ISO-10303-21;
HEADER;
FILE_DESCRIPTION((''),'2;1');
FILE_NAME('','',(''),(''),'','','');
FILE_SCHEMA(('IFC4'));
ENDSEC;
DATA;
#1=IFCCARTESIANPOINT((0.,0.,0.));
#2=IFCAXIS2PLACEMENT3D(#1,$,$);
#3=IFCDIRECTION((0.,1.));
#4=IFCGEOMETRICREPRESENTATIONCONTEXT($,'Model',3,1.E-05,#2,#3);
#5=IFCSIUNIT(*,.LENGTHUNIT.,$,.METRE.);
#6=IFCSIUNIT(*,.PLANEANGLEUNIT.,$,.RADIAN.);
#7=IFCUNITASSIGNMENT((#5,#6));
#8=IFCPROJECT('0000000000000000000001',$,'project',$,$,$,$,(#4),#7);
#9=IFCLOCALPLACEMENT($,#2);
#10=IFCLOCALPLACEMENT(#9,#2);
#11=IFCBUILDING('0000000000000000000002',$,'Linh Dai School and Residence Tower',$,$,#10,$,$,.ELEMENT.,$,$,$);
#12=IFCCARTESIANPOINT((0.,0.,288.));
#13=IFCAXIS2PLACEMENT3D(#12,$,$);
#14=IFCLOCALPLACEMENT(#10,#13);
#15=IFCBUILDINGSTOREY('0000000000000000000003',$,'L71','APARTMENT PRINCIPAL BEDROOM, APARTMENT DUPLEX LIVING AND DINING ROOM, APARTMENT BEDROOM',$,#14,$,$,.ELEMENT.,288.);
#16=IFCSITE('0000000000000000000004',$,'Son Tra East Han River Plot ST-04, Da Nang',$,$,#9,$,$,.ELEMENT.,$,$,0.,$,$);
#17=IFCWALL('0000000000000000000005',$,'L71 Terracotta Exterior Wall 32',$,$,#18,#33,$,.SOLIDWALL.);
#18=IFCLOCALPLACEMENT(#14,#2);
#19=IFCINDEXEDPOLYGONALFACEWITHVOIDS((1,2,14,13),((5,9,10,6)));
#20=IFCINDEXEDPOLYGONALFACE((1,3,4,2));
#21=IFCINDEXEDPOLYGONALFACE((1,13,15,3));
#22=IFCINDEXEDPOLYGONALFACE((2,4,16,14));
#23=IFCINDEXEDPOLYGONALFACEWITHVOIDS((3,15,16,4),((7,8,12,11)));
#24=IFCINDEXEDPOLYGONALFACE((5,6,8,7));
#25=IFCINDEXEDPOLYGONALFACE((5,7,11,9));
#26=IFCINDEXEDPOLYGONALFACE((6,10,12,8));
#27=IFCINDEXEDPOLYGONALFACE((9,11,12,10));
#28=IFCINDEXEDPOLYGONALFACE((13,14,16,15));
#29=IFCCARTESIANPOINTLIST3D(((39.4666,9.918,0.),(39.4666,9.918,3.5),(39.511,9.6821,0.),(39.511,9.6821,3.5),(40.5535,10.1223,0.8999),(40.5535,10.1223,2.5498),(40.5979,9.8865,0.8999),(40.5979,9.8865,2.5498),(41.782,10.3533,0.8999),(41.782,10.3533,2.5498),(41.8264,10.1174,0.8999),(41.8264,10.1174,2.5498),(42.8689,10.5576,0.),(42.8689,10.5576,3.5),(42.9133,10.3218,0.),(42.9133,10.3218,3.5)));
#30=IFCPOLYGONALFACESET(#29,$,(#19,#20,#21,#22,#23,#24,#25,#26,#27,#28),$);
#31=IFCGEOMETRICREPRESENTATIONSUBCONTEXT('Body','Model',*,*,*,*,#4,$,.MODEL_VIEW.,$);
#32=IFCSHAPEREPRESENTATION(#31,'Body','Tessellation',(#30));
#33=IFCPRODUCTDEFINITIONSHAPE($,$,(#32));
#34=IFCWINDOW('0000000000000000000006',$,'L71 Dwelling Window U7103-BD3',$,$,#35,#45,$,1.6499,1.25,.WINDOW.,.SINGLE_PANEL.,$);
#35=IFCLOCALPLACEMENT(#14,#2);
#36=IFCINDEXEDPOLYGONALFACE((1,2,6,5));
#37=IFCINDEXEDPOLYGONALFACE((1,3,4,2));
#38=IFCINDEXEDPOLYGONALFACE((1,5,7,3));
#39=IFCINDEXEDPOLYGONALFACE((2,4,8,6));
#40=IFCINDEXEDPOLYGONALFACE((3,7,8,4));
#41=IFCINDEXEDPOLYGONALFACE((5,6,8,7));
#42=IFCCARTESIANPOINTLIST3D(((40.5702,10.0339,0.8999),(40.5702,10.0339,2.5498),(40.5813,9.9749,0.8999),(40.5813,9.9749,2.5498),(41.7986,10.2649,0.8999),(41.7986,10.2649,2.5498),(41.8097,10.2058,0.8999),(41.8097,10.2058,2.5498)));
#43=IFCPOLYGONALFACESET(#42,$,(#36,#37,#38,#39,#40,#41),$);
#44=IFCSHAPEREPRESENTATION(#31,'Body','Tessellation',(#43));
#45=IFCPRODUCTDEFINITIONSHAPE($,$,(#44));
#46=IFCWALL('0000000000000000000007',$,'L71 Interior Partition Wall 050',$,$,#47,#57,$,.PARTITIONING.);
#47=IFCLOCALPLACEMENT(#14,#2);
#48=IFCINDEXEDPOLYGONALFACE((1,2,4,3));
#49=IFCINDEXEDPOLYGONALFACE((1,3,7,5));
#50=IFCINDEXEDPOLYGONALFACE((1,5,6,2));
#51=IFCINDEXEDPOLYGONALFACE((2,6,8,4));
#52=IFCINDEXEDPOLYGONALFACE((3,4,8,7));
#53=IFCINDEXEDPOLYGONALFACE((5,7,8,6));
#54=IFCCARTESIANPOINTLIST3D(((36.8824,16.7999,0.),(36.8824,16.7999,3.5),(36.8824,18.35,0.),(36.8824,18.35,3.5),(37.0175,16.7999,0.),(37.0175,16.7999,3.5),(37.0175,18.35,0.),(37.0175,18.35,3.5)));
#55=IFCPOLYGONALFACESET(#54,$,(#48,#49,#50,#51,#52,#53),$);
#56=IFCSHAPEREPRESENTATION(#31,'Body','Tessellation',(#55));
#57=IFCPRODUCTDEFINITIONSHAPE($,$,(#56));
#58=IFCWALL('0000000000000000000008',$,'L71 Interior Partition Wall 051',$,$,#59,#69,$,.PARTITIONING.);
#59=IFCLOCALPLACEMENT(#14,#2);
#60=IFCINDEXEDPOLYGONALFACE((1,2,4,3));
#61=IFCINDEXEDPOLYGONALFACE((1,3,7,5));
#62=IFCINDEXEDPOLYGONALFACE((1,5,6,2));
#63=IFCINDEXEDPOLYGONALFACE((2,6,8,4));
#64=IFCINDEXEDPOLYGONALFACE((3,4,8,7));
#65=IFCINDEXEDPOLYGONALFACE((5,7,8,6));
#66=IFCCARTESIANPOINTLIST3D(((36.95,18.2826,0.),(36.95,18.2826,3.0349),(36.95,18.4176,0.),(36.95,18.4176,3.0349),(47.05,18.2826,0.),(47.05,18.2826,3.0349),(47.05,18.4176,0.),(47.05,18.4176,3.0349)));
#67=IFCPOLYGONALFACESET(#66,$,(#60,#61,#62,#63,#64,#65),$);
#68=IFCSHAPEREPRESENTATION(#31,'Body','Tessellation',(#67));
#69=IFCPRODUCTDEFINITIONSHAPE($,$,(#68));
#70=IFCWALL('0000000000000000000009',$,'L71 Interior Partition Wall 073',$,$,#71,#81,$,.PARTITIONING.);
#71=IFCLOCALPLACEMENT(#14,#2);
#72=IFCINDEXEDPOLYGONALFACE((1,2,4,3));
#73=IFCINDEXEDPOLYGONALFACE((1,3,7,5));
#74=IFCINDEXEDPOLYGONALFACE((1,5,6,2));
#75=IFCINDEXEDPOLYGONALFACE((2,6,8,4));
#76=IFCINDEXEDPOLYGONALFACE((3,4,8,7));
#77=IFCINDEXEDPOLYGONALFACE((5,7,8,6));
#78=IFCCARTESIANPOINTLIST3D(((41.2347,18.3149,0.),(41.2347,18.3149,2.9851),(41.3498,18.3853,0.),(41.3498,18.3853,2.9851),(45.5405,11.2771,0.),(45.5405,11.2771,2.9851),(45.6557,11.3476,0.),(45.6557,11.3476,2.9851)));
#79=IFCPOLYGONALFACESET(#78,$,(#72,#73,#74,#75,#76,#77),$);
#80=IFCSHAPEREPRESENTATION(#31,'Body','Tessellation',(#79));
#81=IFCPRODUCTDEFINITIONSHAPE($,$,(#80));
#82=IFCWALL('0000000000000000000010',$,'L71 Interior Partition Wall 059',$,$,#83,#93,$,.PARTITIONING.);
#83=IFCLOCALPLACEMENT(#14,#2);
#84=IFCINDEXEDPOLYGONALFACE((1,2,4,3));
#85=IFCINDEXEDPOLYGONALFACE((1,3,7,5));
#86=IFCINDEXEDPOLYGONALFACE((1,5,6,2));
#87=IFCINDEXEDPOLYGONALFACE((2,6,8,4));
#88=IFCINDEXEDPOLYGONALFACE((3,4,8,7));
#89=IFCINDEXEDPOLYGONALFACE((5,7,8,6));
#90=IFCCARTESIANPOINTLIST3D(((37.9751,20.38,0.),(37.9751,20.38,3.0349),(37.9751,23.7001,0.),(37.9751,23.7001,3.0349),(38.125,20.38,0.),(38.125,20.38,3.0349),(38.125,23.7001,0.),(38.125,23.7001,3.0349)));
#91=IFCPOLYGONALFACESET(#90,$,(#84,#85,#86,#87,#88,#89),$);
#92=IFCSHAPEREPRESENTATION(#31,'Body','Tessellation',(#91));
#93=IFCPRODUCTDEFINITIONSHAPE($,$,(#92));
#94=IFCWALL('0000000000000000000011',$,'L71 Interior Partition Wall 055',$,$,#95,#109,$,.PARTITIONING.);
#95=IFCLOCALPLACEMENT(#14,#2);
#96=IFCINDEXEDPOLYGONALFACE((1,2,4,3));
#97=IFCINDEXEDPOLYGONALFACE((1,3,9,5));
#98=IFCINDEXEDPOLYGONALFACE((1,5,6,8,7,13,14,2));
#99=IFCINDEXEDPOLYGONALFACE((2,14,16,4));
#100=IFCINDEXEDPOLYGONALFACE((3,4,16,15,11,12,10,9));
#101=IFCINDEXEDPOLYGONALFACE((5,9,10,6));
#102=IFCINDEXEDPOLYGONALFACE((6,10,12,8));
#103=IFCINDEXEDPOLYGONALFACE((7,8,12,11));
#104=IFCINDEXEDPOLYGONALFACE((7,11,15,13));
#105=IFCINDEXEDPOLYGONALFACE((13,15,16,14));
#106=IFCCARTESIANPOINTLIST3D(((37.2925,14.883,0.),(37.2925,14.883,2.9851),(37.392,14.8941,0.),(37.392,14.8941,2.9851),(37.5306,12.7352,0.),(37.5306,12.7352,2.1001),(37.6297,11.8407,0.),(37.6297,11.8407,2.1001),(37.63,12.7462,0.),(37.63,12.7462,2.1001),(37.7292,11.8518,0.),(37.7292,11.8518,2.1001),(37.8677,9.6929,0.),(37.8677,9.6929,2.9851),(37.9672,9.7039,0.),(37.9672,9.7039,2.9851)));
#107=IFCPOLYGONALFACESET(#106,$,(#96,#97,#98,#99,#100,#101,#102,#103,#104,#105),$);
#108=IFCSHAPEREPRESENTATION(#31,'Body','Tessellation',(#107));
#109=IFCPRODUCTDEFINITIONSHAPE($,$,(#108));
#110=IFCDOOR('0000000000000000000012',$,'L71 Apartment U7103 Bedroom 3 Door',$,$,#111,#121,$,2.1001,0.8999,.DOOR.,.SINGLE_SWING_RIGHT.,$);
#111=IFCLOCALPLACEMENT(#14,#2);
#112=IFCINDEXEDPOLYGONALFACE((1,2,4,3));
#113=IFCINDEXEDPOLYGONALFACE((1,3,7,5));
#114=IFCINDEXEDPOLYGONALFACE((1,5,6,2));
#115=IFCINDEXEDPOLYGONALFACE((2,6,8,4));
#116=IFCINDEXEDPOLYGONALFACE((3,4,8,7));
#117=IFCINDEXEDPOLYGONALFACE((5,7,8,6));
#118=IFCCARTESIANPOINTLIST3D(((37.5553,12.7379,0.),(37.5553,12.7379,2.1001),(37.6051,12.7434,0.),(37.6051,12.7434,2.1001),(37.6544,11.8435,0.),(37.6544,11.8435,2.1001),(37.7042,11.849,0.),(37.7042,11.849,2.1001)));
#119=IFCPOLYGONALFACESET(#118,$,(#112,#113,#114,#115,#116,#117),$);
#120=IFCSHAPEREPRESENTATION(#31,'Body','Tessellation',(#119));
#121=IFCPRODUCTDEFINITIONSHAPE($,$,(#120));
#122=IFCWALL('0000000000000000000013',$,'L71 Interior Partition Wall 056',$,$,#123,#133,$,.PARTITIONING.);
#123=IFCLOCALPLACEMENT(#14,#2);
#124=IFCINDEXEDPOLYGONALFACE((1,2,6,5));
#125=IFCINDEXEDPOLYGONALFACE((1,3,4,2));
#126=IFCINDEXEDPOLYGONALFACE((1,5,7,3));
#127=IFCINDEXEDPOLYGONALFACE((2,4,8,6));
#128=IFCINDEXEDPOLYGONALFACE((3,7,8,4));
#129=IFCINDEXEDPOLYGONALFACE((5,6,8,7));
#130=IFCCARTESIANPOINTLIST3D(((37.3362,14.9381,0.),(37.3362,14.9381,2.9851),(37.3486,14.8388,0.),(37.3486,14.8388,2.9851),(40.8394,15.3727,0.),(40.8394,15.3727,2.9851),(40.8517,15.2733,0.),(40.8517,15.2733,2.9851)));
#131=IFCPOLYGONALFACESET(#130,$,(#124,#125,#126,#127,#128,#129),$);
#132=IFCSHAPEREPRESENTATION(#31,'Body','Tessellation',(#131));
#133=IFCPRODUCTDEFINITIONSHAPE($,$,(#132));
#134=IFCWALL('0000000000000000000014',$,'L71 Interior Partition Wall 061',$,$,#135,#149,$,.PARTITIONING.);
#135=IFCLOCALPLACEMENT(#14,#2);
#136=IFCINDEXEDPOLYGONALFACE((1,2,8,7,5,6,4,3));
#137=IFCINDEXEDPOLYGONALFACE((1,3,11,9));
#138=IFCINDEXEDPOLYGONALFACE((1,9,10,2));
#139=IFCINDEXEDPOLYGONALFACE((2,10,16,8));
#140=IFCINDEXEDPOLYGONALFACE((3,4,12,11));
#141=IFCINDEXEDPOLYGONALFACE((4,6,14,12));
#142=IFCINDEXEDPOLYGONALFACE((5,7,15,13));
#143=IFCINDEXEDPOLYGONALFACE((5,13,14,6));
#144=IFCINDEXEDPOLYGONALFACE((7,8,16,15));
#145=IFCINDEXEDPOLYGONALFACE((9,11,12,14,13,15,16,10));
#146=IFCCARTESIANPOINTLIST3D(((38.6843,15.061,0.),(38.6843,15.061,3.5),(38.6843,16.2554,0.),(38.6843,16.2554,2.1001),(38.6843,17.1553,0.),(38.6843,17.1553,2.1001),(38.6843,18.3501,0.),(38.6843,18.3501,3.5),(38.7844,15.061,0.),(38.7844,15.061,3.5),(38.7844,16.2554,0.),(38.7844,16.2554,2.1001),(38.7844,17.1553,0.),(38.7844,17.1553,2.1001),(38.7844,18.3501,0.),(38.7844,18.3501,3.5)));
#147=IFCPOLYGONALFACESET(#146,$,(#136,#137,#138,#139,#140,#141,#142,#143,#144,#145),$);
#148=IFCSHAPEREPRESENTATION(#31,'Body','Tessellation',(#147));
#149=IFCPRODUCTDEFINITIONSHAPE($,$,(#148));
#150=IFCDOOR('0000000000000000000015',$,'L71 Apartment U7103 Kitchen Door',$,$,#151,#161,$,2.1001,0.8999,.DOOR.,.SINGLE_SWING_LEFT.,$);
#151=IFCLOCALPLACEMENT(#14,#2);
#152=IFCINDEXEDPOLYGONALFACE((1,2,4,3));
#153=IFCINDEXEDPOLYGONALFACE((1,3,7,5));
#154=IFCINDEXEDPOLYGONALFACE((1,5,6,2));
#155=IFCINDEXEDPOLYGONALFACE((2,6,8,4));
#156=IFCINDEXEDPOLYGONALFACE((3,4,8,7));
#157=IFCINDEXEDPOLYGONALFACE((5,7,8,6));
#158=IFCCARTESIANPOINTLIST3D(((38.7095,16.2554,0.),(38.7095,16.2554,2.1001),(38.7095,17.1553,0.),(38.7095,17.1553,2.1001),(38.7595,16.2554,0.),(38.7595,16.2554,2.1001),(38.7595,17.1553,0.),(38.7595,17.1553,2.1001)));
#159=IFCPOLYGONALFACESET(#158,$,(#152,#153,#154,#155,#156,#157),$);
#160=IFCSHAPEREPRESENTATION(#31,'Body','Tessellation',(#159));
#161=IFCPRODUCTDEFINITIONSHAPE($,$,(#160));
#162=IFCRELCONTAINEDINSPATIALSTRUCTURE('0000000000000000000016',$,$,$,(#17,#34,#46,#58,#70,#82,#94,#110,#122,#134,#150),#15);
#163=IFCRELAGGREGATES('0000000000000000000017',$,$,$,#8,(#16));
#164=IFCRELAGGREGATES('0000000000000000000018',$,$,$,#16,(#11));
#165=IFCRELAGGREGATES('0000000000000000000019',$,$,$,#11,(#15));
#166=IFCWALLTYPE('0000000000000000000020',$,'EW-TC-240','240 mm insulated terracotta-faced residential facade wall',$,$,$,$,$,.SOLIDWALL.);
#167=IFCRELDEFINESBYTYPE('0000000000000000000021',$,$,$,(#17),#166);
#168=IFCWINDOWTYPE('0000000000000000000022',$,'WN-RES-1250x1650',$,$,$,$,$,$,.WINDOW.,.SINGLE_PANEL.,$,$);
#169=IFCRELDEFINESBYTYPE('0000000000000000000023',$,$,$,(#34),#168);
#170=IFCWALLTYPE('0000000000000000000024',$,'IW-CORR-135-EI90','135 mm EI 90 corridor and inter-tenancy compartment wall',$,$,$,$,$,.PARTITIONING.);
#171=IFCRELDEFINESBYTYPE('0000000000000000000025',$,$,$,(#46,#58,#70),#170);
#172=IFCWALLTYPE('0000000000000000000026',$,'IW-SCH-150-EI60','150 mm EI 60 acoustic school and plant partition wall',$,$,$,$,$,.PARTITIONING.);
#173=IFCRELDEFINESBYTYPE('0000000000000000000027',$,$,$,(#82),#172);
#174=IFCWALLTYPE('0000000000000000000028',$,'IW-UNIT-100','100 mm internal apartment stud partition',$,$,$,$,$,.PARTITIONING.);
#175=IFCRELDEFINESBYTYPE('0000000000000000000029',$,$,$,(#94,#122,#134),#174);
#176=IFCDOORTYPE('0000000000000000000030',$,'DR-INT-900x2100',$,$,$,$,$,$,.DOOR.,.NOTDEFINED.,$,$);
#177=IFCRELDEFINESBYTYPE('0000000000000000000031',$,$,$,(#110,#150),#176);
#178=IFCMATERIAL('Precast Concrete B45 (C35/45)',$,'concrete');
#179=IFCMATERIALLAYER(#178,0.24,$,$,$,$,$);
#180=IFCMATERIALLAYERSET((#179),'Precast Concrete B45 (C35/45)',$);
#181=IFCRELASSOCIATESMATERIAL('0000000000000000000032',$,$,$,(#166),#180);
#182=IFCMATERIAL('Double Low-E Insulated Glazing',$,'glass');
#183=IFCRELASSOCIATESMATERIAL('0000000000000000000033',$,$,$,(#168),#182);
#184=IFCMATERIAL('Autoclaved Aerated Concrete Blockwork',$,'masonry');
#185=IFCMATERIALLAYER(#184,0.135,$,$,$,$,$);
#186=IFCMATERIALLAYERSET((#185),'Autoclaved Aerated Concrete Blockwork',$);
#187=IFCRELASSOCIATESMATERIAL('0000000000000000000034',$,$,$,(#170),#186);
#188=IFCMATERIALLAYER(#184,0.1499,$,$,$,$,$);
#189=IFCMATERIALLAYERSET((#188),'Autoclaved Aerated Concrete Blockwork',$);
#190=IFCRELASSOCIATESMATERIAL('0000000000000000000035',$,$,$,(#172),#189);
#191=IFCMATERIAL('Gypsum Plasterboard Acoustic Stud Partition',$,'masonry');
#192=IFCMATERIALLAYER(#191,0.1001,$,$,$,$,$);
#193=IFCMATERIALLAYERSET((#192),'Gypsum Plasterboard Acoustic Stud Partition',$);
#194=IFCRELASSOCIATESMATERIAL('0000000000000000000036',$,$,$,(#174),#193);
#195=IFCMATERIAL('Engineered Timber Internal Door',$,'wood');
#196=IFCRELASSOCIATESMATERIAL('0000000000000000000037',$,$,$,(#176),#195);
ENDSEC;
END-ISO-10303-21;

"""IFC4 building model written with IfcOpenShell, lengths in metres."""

from ifc_helpers import new_model, si_unit, direction, frame, frame_2d, origin, origin_2d, place, context, subcontext, project, spatial, rectangle, extrude, source, transform, mapped, material, layer, layer_set, type_object, element, fill, save


model = new_model("IFC4")

# Units and contexts
model_context = context("Model", 3, precision=1e-05, world=origin(), true_north=direction((0.0, 1.0)))
body_context = subcontext(model_context, "Body", "Model", "MODEL_VIEW")
ifc_project = project(units=[si_unit("LENGTHUNIT", "METRE"), si_unit("PLANEANGLEUNIT", "RADIAN")], contexts=[model_context])

# Site, building, storey
site_placement = place(None, origin())
site = spatial("IfcSite", under=ifc_project, at=site_placement, Name="Son Tra East Han River Plot ST-04, Da Nang", CompositionType="ELEMENT", RefElevation=0.0)
building_placement = place(site_placement, origin())
building = spatial("IfcBuilding", under=site, at=building_placement, Name="Linh Dai School and Residence Tower", CompositionType="ELEMENT")
storey_placement = place(building_placement, frame((0.0, 0.0, 288.0)))
storey = spatial("IfcBuildingStorey", under=building, at=storey_placement, Name="L71", Description="APARTMENT PRINCIPAL BEDROOM, APARTMENT DUPLEX LIVING AND DINING ROOM, APARTMENT BEDROOM", CompositionType="ELEMENT", Elevation=288.0)

# Shared definitions
ifc_material_1 = material(Name="Precast Concrete B45 (C35/45)", Category="concrete")
ifc_layer_1 = layer(ifc_material_1, 0.24)
ifc_layer_set_1 = layer_set([ifc_layer_1], Name="Precast Concrete B45 (C35/45)")
wall_type_1 = type_object("IfcWallType", Name="EW-TC-240", Description="240 mm insulated terracotta-faced residential facade wall", PredefinedType="SOLIDWALL", material=ifc_layer_set_1)

# Wall, opening, window
wall_1_placement = place(storey_placement, frame((42.8911, 10.4397, 0.0), z_axis=(0.0, 0.0, 1.0), x_axis=(-0.982783, -0.184765, 0.0)))
wall_1 = element("IfcWall", 1, at=wall_1_placement, inside=storey, type_object=wall_type_1, Name="L71 Terracotta Exterior Wall 32", PredefinedType="SOLIDWALL", context=body_context, shape_type="SweptSolid", body=[
    extrude(rectangle(XDim=3.4619, YDim=0.24, at=frame_2d((1.731, 0.0))), origin(), (0.0, 0.0, 1.0), 3.5),
])
opening_1_placement = place(wall_1_placement, frame((1.106, 0.0, 0.8999)))
opening_1 = element("IfcOpeningElement", 2, at=opening_1_placement, cuts=wall_1, PredefinedType="OPENING", context=body_context, shape_type="SweptSolid", body=[
    extrude(rectangle(XDim=1.25, YDim=1.6499, at=origin_2d()), frame((0.625, 0.1299, 0.825), z_axis=(0.0, -1.0, 0.0), x_axis=(1.0, 0.0, 0.0)), (0.0, 0.0, 1.0), 0.26),
])
ifc_material_2 = material(Name="Double Low-E Insulated Glazing", Category="glass")
window_type = type_object("IfcWindowType", Name="WN-RES-1250x1650", PartitioningType="SINGLE_PANEL", PredefinedType="WINDOW", material=ifc_material_2)
shared_shape_1 = source(origin(), body_context, "Body", "SweptSolid", [
    extrude(rectangle(XDim=1.25, YDim=1.6499, at=origin_2d()), frame((0.625, 0.03, 0.825), z_axis=(0.0, -1.0, 0.0), x_axis=(1.0, 0.0, 0.0)), (0.0, 0.0, 1.0), 0.0601),
])
window_placement = place(opening_1_placement, origin())
window = element("IfcWindow", 3, at=window_placement, inside=storey, type_object=window_type, Name="L71 Dwelling Window U7103-BD3", OverallHeight=1.6499, OverallWidth=1.25, PartitioningType="SINGLE_PANEL", PredefinedType="WINDOW", context=body_context, shape_type="MappedRepresentation", body=[
    mapped(shared_shape_1, transform((0.0, 0.0, 0.0), x_axis=(1.0, 0.0, 0.0), y_axis=(0.0, 1.0, 0.0), z_axis=(0.0, 0.0, 1.0), scale=1.0)),
])
fill(opening_1, window)

# Walls
ifc_material_3 = material(Name="Autoclaved Aerated Concrete Blockwork", Category="masonry")
ifc_layer_2 = layer(ifc_material_3, 0.135)
ifc_layer_set_2 = layer_set([ifc_layer_2], Name="Autoclaved Aerated Concrete Blockwork")
wall_type_2 = type_object("IfcWallType", Name="IW-CORR-135-EI90", Description="135 mm EI 90 corridor and inter-tenancy compartment wall", PredefinedType="PARTITIONING", material=ifc_layer_set_2)
wall_2_placement = place(storey_placement, frame((36.95, 16.8, 0.0), z_axis=(0.0, 0.0, 1.0), x_axis=(0.0, 1.0, 0.0)))
element("IfcWall", 4, at=wall_2_placement, inside=storey, type_object=wall_type_2, Name="L71 Interior Partition Wall 050", PredefinedType="PARTITIONING", context=body_context, shape_type="SweptSolid", body=[
    extrude(rectangle(XDim=1.55, YDim=0.135, at=frame_2d((0.7749, 0.0))), origin(), (0.0, 0.0, 1.0), 3.5),
])
wall_3_placement = place(storey_placement, frame((36.95, 18.3501, 0.0), z_axis=(0.0, 0.0, 1.0), x_axis=(1.0, 0.0, 0.0)))
element("IfcWall", 5, at=wall_3_placement, inside=storey, type_object=wall_type_2, Name="L71 Interior Partition Wall 051", PredefinedType="PARTITIONING", context=body_context, shape_type="SweptSolid", body=[
    extrude(rectangle(XDim=10.1001, YDim=0.135, at=frame_2d((5.05, 0.0))), origin(), (0.0, 0.0, 1.0), 3.0349),
])
wall_4_placement = place(storey_placement, frame((41.2922, 18.3501, 0.0), z_axis=(0.0, 0.0, 1.0), x_axis=(0.521892, -0.853012, 0.0)))
element("IfcWall", 6, at=wall_4_placement, inside=storey, type_object=wall_type_2, Name="L71 Interior Partition Wall 073", PredefinedType="PARTITIONING", context=body_context, shape_type="SweptSolid", body=[
    extrude(rectangle(XDim=8.2505, YDim=0.135, at=frame_2d((4.1252, 0.0))), origin(), (0.0, 0.0, 1.0), 2.9851),
])
ifc_layer_3 = layer(ifc_material_3, 0.1499)
ifc_layer_set_3 = layer_set([ifc_layer_3], Name="Autoclaved Aerated Concrete Blockwork")
wall_type_3 = type_object("IfcWallType", Name="IW-SCH-150-EI60", Description="150 mm EI 60 acoustic school and plant partition wall", PredefinedType="PARTITIONING", material=ifc_layer_set_3)
wall_5_placement = place(storey_placement, frame((38.05, 20.3799, 0.0), z_axis=(0.0, 0.0, 1.0), x_axis=(0.0, 1.0, 0.0)))
element("IfcWall", 7, at=wall_5_placement, inside=storey, type_object=wall_type_3, Name="L71 Interior Partition Wall 059", PredefinedType="PARTITIONING", context=body_context, shape_type="SweptSolid", body=[
    extrude(rectangle(XDim=3.3201, YDim=0.1499, at=frame_2d((1.6602, 0.0))), origin(), (0.0, 0.0, 1.0), 3.0349),
])

# Wall, opening, door
ifc_material_4 = material(Name="Gypsum Plasterboard Acoustic Stud Partition", Category="masonry")
ifc_layer_4 = layer(ifc_material_4, 0.1001)
ifc_layer_set_4 = layer_set([ifc_layer_4], Name="Gypsum Plasterboard Acoustic Stud Partition")
wall_type_4 = type_object("IfcWallType", Name="IW-UNIT-100", Description="100 mm internal apartment stud partition", PredefinedType="PARTITIONING", material=ifc_layer_set_4)
wall_6_placement = place(storey_placement, frame((37.3423, 14.8884, 0.0), z_axis=(0.0, 0.0, 1.0), x_axis=(0.110149, -0.993915, 0.0)))
wall_6 = element("IfcWall", 8, at=wall_6_placement, inside=storey, type_object=wall_type_4, Name="L71 Interior Partition Wall 055", PredefinedType="PARTITIONING", context=body_context, shape_type="SweptSolid", body=[
    extrude(rectangle(XDim=5.2219, YDim=0.1001, at=frame_2d((2.6108, 0.0))), origin(), (0.0, 0.0, 1.0), 2.9851),
])
opening_2_placement = place(wall_6_placement, frame((2.1609, 0.0, 0.0)))
opening_2 = element("IfcOpeningElement", 9, at=opening_2_placement, cuts=wall_6, PredefinedType="OPENING", context=body_context, shape_type="SweptSolid", body=[
    extrude(rectangle(XDim=0.8999, YDim=2.1001, at=origin_2d()), frame((0.45, 0.0601, 1.05), z_axis=(0.0, -1.0, 0.0), x_axis=(1.0, 0.0, 0.0)), (0.0, 0.0, 1.0), 0.1201),
])
ifc_material_5 = material(Name="Engineered Timber Internal Door", Category="wood")
door_type_1 = type_object("IfcDoorType", Name="DR-INT-900x2100", OperationType="NOTDEFINED", PredefinedType="DOOR", material=ifc_material_5)
shared_shape_2 = source(origin(), body_context, "Body", "SweptSolid", [
    extrude(rectangle(XDim=0.8999, YDim=2.1001, at=origin_2d()), frame((0.45, 0.0249, 1.05), z_axis=(0.0, -1.0, 0.0), x_axis=(1.0, 0.0, 0.0)), (0.0, 0.0, 1.0), 0.05),
])
door_1_placement = place(opening_2_placement, origin())
door_1 = element("IfcDoor", 10, at=door_1_placement, inside=storey, type_object=door_type_1, Name="L71 Apartment U7103 Bedroom 3 Door", OperationType="SINGLE_SWING_RIGHT", OverallHeight=2.1001, OverallWidth=0.8999, PredefinedType="DOOR", context=body_context, shape_type="MappedRepresentation", body=[
    mapped(shared_shape_2, transform((0.0, 0.0, 0.0), x_axis=(1.0, 0.0, 0.0), y_axis=(0.0, 1.0, 0.0), z_axis=(0.0, 0.0, 1.0), scale=1.0)),
])
fill(opening_2, door_1)

# Wall
wall_7_placement = place(storey_placement, frame((37.3423, 14.8884, 0.0), z_axis=(0.0, 0.0, 1.0), x_axis=(0.992393, 0.123107, 0.0)))
element("IfcWall", 11, at=wall_7_placement, inside=storey, type_object=wall_type_4, Name="L71 Interior Partition Wall 056", PredefinedType="PARTITIONING", context=body_context, shape_type="SweptSolid", body=[
    extrude(rectangle(XDim=3.53, YDim=0.1001, at=frame_2d((1.7651, 0.0))), origin(), (0.0, 0.0, 1.0), 2.9851),
])

# Wall, opening, door
wall_8_placement = place(storey_placement, frame((38.7344, 15.061, 0.0), z_axis=(0.0, 0.0, 1.0), x_axis=(0.0, 1.0, 0.0)))
wall_8 = element("IfcWall", 12, at=wall_8_placement, inside=storey, type_object=wall_type_4, Name="L71 Interior Partition Wall 061", PredefinedType="PARTITIONING", context=body_context, shape_type="SweptSolid", body=[
    extrude(rectangle(XDim=3.2891, YDim=0.1001, at=frame_2d((1.6445, 0.0))), origin(), (0.0, 0.0, 1.0), 3.5),
])
opening_3_placement = place(wall_8_placement, frame((1.1943, 0.0, 0.0)))
opening_3 = element("IfcOpeningElement", 13, at=opening_3_placement, cuts=wall_8, PredefinedType="OPENING", context=body_context, shape_type="SweptSolid", body=[
    extrude(rectangle(XDim=0.8999, YDim=2.1001, at=origin_2d()), frame((0.45, 0.0601, 1.05), z_axis=(0.0, -1.0, 0.0), x_axis=(1.0, 0.0, 0.0)), (0.0, 0.0, 1.0), 0.1201),
])
door_2_placement = place(opening_3_placement, origin())
door_2 = element("IfcDoor", 14, at=door_2_placement, inside=storey, type_object=door_type_1, Name="L71 Apartment U7103 Kitchen Door", OperationType="SINGLE_SWING_LEFT", OverallHeight=2.1001, OverallWidth=0.8999, PredefinedType="DOOR", context=body_context, shape_type="MappedRepresentation", body=[
    mapped(shared_shape_2, transform((0.0, 0.0, 0.0), x_axis=(1.0, 0.0, 0.0), y_axis=(0.0, 1.0, 0.0), z_axis=(0.0, 0.0, 1.0), scale=1.0)),
])
fill(opening_3, door_2)

save(model, "model.ifc")
